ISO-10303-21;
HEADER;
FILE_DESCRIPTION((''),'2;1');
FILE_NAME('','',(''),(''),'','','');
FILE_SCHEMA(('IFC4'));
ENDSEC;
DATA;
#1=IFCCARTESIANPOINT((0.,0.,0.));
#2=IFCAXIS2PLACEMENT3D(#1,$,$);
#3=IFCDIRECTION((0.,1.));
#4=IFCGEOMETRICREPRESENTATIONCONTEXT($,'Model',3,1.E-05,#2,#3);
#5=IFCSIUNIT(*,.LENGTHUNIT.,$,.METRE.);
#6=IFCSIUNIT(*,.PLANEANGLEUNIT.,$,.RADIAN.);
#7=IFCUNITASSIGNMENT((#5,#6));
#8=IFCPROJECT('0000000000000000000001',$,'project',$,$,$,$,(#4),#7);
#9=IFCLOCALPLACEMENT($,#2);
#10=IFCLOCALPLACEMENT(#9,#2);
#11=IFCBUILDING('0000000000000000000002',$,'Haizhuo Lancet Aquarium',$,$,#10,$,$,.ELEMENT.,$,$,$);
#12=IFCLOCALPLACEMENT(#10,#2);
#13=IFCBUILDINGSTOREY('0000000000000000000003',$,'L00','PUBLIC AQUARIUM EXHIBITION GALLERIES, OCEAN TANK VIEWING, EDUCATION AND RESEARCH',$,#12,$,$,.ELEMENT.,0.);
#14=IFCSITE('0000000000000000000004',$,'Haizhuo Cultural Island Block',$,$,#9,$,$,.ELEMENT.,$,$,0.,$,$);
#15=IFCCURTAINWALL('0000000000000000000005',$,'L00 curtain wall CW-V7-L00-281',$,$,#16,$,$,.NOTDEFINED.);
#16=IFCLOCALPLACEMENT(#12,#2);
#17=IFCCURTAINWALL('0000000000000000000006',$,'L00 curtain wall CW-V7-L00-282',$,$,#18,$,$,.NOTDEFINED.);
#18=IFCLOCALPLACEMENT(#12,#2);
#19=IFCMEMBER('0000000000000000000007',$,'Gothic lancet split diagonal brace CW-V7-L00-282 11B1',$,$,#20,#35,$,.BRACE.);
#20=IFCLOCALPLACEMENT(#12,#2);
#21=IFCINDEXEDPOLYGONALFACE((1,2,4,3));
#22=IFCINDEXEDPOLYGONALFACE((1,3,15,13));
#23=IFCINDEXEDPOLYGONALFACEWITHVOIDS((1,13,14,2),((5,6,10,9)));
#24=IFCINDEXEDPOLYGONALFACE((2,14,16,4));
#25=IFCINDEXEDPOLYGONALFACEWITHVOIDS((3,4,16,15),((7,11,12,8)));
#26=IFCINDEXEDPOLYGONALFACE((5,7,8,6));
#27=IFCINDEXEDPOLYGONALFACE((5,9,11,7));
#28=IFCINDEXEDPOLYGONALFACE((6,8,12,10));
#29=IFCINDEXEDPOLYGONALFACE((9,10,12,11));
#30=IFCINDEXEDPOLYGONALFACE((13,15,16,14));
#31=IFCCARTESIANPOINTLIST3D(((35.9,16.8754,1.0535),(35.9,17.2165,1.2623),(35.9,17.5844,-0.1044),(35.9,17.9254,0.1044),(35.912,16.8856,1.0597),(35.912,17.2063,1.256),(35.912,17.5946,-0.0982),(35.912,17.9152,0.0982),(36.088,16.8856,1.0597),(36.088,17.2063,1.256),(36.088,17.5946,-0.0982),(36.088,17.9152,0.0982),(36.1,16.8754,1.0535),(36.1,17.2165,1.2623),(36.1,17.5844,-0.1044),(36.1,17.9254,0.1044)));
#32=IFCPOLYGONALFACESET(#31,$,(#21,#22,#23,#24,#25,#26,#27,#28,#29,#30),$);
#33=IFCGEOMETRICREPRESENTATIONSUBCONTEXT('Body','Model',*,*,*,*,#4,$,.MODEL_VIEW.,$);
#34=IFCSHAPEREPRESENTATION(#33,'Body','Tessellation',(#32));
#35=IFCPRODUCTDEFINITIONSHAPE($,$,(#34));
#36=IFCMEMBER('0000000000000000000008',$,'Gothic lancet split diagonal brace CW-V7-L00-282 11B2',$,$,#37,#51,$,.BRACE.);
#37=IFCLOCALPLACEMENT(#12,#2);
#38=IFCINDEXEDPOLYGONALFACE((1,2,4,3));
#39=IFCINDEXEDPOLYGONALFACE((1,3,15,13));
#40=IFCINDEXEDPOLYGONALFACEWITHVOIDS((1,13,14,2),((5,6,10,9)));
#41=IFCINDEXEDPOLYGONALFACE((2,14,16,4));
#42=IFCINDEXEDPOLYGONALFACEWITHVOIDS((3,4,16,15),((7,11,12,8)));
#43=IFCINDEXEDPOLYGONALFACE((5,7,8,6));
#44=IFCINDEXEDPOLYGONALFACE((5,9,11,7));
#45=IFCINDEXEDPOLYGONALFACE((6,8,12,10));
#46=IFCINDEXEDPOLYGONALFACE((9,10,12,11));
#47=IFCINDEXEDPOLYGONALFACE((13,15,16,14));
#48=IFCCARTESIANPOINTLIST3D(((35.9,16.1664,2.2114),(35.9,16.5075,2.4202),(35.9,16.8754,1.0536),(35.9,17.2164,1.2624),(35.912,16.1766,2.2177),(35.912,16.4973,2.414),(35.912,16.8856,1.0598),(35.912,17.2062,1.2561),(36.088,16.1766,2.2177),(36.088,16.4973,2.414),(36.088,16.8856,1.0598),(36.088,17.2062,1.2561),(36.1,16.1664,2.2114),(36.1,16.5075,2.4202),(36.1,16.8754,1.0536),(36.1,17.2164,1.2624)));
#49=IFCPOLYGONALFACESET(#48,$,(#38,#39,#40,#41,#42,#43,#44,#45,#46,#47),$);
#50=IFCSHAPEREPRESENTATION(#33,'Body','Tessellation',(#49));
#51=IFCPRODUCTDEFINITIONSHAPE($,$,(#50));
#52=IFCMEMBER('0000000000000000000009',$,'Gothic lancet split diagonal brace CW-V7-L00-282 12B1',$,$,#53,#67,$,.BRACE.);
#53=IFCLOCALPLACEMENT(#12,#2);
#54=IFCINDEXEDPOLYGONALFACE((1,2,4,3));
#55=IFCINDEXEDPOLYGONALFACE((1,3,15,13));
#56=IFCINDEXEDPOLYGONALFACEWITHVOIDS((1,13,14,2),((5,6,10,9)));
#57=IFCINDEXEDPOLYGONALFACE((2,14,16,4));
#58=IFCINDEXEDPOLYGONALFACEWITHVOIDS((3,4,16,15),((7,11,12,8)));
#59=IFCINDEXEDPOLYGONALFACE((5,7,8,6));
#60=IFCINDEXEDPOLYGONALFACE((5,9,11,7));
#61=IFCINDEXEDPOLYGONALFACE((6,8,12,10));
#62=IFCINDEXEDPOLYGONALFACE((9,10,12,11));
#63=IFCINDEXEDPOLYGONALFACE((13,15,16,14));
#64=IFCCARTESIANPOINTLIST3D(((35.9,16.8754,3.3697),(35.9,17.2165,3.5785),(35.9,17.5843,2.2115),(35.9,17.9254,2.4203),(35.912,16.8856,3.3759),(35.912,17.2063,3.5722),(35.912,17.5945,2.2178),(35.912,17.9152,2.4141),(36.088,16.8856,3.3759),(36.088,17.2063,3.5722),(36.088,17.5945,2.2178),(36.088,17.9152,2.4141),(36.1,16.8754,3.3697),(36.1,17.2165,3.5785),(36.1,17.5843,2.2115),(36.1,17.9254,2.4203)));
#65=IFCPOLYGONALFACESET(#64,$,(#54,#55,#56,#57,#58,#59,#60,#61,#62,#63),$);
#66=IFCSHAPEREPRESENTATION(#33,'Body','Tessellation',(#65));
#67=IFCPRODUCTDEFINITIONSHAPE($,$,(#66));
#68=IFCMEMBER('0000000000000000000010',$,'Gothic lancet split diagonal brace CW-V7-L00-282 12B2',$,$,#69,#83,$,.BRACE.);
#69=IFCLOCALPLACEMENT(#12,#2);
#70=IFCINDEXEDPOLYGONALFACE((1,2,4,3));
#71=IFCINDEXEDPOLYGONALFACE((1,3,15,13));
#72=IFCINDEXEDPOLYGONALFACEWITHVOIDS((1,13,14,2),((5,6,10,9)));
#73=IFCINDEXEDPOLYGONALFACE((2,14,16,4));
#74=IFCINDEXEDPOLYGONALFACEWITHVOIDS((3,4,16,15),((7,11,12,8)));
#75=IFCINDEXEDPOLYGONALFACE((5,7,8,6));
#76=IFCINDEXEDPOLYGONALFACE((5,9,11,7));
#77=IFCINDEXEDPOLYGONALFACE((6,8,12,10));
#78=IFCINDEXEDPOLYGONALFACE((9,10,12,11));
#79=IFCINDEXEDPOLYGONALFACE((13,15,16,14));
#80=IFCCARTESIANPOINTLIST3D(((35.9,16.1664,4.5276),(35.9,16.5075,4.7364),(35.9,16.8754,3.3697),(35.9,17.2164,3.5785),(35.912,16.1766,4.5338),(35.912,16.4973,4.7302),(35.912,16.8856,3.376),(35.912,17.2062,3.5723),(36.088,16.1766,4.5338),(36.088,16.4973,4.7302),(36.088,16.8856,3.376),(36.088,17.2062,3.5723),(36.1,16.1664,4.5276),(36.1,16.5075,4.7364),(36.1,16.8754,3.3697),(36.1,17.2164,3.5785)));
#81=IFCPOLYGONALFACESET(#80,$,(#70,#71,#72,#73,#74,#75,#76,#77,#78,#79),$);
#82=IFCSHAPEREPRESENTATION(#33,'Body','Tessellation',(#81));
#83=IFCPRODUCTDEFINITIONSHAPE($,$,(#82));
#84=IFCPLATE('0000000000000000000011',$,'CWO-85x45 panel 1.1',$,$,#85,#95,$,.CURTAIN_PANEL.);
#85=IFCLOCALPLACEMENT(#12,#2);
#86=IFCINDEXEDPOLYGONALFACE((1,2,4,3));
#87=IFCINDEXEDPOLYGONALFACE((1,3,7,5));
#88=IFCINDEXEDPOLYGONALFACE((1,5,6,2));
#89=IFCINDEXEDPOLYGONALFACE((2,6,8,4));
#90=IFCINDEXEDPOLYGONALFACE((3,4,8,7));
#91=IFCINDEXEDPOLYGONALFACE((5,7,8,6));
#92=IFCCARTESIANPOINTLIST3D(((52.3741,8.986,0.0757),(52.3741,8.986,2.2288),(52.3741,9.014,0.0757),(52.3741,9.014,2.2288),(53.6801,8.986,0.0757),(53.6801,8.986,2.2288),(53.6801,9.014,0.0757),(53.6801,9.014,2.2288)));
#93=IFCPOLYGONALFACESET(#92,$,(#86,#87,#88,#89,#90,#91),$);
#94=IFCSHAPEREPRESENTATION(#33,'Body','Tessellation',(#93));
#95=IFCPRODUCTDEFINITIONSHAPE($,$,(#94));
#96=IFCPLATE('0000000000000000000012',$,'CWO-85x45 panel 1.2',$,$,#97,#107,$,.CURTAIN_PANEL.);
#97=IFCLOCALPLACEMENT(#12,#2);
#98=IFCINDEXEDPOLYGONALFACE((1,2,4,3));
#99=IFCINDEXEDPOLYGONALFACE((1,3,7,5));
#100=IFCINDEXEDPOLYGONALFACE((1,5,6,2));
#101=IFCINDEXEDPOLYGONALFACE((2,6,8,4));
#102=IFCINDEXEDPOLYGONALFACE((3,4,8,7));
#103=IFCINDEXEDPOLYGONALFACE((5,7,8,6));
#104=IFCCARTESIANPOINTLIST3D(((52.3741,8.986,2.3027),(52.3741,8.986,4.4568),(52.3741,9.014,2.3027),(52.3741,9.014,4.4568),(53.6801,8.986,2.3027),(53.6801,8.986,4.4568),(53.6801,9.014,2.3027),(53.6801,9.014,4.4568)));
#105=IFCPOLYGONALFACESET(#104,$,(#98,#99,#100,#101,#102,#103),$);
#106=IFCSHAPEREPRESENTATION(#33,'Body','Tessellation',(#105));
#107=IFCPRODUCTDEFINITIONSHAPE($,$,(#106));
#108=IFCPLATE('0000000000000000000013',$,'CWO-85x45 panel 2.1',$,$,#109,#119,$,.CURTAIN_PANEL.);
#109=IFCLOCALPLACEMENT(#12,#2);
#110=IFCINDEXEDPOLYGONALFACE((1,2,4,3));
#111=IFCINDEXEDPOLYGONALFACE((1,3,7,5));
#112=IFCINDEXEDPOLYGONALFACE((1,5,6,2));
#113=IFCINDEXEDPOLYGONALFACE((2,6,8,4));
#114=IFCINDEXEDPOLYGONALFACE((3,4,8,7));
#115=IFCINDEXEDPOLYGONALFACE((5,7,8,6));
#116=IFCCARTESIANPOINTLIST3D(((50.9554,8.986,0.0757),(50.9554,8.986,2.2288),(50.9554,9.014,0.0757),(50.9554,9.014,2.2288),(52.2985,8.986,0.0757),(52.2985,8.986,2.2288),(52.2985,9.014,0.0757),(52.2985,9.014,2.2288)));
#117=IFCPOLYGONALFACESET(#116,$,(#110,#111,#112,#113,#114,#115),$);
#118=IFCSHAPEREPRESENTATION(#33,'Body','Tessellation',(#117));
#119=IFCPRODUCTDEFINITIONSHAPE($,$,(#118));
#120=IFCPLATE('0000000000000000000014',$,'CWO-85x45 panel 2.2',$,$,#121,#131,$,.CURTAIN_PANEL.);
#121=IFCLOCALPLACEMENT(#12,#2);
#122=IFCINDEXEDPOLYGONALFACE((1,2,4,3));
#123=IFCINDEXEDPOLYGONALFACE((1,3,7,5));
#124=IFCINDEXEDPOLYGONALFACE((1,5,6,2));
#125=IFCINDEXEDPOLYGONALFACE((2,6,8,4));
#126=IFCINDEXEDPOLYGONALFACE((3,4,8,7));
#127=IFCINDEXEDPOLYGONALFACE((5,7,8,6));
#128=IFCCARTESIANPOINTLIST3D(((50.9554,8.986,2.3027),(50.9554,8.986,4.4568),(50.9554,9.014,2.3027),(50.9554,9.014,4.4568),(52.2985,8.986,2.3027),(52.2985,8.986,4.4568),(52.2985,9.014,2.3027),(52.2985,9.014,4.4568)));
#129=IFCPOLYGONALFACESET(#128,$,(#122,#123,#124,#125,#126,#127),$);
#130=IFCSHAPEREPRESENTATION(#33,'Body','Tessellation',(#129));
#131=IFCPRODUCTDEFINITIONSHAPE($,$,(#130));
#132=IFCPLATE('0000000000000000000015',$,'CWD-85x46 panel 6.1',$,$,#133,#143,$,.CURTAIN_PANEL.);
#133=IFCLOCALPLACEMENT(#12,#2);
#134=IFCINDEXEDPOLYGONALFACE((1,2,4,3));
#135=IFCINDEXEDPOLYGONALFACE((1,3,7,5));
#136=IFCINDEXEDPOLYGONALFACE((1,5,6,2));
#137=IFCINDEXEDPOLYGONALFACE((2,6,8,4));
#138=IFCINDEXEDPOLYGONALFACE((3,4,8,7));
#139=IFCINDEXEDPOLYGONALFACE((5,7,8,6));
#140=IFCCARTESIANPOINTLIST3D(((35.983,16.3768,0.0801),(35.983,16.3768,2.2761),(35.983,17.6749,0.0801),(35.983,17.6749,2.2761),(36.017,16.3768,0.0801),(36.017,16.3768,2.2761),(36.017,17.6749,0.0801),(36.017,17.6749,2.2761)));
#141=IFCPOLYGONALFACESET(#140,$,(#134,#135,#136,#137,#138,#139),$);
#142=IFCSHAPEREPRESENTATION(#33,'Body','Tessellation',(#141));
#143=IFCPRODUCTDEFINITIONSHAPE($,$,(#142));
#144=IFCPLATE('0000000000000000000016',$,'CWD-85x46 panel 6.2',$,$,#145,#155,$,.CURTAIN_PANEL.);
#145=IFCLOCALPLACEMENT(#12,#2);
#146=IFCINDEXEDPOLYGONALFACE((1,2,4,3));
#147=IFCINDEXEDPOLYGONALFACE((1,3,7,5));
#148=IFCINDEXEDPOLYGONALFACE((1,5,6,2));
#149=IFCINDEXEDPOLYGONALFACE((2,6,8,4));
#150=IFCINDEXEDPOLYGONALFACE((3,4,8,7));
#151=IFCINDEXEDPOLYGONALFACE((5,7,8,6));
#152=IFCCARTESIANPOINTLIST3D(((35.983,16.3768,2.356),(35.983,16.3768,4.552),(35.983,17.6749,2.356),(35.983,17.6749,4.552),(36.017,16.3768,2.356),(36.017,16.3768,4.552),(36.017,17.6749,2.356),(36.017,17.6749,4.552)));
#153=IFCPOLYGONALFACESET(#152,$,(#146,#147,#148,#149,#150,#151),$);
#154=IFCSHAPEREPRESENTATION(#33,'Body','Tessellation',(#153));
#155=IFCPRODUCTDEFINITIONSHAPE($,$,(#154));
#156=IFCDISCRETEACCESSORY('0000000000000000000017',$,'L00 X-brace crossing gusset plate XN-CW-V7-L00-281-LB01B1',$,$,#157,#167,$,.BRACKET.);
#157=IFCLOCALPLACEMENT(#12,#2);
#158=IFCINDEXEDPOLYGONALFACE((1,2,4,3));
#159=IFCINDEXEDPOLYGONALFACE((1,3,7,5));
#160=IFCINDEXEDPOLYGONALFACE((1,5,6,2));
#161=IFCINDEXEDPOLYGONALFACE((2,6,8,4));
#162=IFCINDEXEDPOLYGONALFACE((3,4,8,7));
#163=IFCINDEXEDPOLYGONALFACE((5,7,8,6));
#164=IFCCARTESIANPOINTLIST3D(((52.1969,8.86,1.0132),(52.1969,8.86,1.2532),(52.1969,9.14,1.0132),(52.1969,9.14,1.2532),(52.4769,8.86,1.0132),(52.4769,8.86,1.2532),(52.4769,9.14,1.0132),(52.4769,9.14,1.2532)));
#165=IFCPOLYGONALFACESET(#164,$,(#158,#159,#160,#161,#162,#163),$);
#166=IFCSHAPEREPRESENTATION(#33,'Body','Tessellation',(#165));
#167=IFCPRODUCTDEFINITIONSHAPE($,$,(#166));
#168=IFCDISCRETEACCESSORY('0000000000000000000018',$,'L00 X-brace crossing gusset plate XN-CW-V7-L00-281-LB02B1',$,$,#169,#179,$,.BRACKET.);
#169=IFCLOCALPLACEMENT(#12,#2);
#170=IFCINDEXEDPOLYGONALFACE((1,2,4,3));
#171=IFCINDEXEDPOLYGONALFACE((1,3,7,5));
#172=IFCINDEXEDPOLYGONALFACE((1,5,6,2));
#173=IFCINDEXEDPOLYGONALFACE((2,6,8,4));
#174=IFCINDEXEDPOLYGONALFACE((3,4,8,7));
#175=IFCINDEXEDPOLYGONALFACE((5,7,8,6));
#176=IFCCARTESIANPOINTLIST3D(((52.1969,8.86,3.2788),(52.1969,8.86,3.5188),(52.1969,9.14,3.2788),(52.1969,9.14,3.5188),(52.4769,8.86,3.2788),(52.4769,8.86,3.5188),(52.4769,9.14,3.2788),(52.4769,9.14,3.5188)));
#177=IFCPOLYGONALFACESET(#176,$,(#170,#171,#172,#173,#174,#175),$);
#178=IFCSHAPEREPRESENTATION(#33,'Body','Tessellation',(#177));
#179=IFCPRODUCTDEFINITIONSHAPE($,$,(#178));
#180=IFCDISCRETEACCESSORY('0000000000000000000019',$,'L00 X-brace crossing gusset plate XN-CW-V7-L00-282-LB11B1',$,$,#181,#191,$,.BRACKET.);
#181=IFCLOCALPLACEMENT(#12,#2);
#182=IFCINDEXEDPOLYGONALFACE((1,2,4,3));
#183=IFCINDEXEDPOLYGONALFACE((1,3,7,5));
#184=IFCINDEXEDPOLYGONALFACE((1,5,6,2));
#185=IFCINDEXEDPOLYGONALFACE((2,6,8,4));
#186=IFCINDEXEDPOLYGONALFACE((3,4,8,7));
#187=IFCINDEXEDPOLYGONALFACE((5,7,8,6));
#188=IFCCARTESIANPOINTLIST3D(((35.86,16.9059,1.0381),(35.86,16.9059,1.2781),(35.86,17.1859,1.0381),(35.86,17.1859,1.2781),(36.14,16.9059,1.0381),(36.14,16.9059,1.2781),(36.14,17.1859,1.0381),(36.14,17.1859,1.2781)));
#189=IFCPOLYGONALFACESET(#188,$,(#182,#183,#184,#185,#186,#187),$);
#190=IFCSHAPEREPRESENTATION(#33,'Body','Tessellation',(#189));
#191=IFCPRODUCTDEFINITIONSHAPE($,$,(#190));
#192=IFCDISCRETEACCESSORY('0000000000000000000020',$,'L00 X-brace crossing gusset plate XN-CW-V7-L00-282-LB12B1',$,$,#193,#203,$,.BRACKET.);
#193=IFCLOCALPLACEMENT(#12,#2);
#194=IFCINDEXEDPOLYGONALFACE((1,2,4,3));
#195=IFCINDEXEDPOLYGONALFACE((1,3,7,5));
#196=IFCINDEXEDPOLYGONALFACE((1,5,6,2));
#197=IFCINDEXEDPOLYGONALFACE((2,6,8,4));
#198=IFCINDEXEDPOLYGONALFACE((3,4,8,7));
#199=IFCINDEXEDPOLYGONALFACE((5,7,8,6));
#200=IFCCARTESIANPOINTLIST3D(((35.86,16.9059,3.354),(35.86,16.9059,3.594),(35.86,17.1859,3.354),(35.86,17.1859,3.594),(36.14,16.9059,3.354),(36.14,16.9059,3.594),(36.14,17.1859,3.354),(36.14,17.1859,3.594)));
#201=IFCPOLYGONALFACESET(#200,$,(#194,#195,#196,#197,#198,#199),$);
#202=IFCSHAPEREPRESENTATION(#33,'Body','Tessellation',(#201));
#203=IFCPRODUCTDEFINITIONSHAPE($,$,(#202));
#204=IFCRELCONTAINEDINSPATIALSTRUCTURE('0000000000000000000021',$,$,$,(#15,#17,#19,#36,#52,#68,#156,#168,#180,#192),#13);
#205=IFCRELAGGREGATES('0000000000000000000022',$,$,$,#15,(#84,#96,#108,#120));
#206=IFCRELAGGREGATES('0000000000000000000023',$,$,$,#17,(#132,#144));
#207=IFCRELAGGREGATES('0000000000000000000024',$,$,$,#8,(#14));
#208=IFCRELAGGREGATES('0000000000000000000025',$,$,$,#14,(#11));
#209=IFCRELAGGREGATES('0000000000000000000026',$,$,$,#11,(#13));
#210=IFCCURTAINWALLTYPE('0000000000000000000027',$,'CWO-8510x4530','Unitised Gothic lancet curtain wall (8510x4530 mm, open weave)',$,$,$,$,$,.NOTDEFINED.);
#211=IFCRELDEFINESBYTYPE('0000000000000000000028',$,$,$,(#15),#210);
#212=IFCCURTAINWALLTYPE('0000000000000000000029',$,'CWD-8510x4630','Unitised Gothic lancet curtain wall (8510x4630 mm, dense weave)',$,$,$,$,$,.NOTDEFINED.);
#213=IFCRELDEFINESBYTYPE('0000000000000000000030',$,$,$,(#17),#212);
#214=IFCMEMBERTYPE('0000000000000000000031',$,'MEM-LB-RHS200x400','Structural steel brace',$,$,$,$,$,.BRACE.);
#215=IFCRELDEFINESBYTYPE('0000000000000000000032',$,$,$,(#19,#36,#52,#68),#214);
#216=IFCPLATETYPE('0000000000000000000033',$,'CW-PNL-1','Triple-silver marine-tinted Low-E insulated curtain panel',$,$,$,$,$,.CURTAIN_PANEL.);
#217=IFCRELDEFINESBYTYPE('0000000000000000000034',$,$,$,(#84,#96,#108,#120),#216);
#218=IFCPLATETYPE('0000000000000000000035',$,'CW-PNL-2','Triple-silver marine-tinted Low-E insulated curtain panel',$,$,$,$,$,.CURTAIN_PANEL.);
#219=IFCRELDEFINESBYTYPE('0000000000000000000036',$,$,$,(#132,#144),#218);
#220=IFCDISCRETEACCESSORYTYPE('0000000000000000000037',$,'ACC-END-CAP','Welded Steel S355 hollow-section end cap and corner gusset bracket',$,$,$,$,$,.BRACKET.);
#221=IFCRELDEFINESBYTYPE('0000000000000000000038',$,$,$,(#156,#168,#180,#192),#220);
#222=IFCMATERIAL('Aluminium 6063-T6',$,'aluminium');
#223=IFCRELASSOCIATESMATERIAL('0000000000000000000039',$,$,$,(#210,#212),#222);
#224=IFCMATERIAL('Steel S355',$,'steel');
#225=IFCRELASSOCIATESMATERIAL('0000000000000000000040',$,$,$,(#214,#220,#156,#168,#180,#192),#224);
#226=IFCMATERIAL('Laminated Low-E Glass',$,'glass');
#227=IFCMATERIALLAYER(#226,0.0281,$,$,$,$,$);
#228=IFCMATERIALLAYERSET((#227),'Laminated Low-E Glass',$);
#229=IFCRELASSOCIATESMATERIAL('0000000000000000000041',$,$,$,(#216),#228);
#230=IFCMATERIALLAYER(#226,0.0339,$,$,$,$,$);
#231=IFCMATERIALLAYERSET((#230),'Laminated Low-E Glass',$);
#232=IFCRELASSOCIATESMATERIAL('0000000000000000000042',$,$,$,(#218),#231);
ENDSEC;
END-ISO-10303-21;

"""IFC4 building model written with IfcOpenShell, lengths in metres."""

from ifc_helpers import new_model, si_unit, direction, frame, origin, origin_2d, place, context, subcontext, project, spatial, rectangle, hollow_rectangle, extrude, material, layer, layer_set, material_profile, profile_set, type_object, element, aggregate, save


model = new_model("IFC4")

# Units and contexts
model_context = context("Model", 3, precision=1e-05, world=origin(), true_north=direction((0.0, 1.0)))
body_context = subcontext(model_context, "Body", "Model", "MODEL_VIEW")
ifc_project = project(units=[si_unit("LENGTHUNIT", "METRE"), si_unit("PLANEANGLEUNIT", "RADIAN")], contexts=[model_context])

# Site, building, storey
site_placement = place(None, origin())
site = spatial("IfcSite", under=ifc_project, at=site_placement, Name="Haizhuo Cultural Island Block", CompositionType="ELEMENT", RefElevation=0.0)
building_placement = place(site_placement, origin())
building = spatial("IfcBuilding", under=site, at=building_placement, Name="Haizhuo Lancet Aquarium", CompositionType="ELEMENT")
storey_placement = place(building_placement, origin())
storey = spatial("IfcBuildingStorey", under=building, at=storey_placement, Name="L00", Description="PUBLIC AQUARIUM EXHIBITION GALLERIES, OCEAN TANK VIEWING, EDUCATION AND RESEARCH", CompositionType="ELEMENT", Elevation=0.0)

# Shared definitions
ifc_material_1 = material(Name="Steel S355", Category="steel")

# Curtain wall
ifc_material_2 = material(Name="Aluminium 6063-T6", Category="aluminium")
curtain_wall_type_1 = type_object("IfcCurtainWallType", Name="CWO-8510x4530", Description="Unitised Gothic lancet curtain wall (8510x4530 mm, open weave)", PredefinedType="NOTDEFINED", material=ifc_material_2)
curtain_wall_1_placement = place(storey_placement, origin())
curtain_wall_1 = element("IfcCurtainWall", 1, at=curtain_wall_1_placement, inside=storey, type_object=curtain_wall_type_1, Name="L00 curtain wall CW-V7-L00-281", PredefinedType="NOTDEFINED")

# Curtain wall
curtain_wall_type_2 = type_object("IfcCurtainWallType", Name="CWD-8510x4630", Description="Unitised Gothic lancet curtain wall (8510x4630 mm, dense weave)", PredefinedType="NOTDEFINED", material=ifc_material_2)
curtain_wall_2_placement = place(storey_placement, origin())
curtain_wall_2 = element("IfcCurtainWall", 2, at=curtain_wall_2_placement, inside=storey, type_object=curtain_wall_type_2, Name="L00 curtain wall CW-V7-L00-282", PredefinedType="NOTDEFINED")

# Members
ifc_material_profile_1 = material_profile(ifc_material_1, hollow_rectangle(XDim=0.2, YDim=0.3999, WallThickness=0.012, at=origin_2d()), Name="RHS 200x400x12")
ifc_profile_set_1 = profile_set([ifc_material_profile_1], Name="Steel S355")
member_type_1 = type_object("IfcMemberType", Name="MEM-LB-RHS200x400", Description="Structural steel brace", PredefinedType="BRACE", material=ifc_profile_set_1)
for number, where, z_axis, x_axis, name in (
    (3, (36.0, 17.7549, 0.0), (0.0, -0.52217, 0.852841), (1.0, 0.0, 0.0), "Gothic lancet split diagonal brace CW-V7-L00-282 11B1"),
    (4, (36.0, 17.0459, 1.158), (0.0, -0.52217, 0.852841), (1.0, 0.0, 0.0), "Gothic lancet split diagonal brace CW-V7-L00-282 11B2"),
):
    element("IfcMember", number, at=place(storey_placement, frame(where, z_axis=z_axis, x_axis=x_axis)), inside=storey, type_object=member_type_1, Name=name, PredefinedType="BRACE", context=body_context, shape_type="SweptSolid", body=[
        extrude(hollow_rectangle(XDim=0.2, YDim=0.3999, WallThickness=0.012, at=origin_2d()), origin(), (0.0, 0.0, 1.0), 1.3577),
    ])
member_1_placement = place(storey_placement, frame((36.0, 17.7549, 2.3159), z_axis=(0.0, -0.52209, 0.852891), x_axis=(1.0, 0.0, 0.0)))
element("IfcMember", 5, at=member_1_placement, inside=storey, type_object=member_type_1, Name="Gothic lancet split diagonal brace CW-V7-L00-282 12B1", PredefinedType="BRACE", context=body_context, shape_type="SweptSolid", body=[
    extrude(hollow_rectangle(XDim=0.2, YDim=0.3999, WallThickness=0.012, at=origin_2d()), origin(), (0.0, 0.0, 1.0), 1.3579),
])
member_2_placement = place(storey_placement, frame((36.0, 17.0459, 3.4741), z_axis=(0.0, -0.52217, 0.852841), x_axis=(1.0, 0.0, 0.0)))
element("IfcMember", 6, at=member_2_placement, inside=storey, type_object=member_type_1, Name="Gothic lancet split diagonal brace CW-V7-L00-282 12B2", PredefinedType="BRACE", context=body_context, shape_type="SweptSolid", body=[
    extrude(hollow_rectangle(XDim=0.2, YDim=0.3999, WallThickness=0.012, at=origin_2d()), origin(), (0.0, 0.0, 1.0), 1.3577),
])

# Plates
ifc_material_3 = material(Name="Laminated Low-E Glass", Category="glass")
ifc_layer_1 = layer(ifc_material_3, 0.0281)
ifc_layer_set_1 = layer_set([ifc_layer_1], Name="Laminated Low-E Glass")
plate_type_1 = type_object("IfcPlateType", Name="CW-PNL-1", Description="Triple-silver marine-tinted Low-E insulated curtain panel", PredefinedType="CURTAIN_PANEL", material=ifc_layer_set_1)
plate_1_placement = place(storey_placement, frame((53.0271, 9.0, 0.0757), z_axis=(0.0, 0.0, 1.0), x_axis=(-1.0, 0.0, 0.0)))
plate_1 = element("IfcPlate", 7, at=plate_1_placement, type_object=plate_type_1, Name="CWO-85x45 panel 1.1", PredefinedType="CURTAIN_PANEL", context=body_context, shape_type="SweptSolid", body=[
    extrude(rectangle(XDim=1.3059, YDim=0.0281, at=origin_2d()), origin(), (0.0, 0.0, 1.0), 2.1531),
])
plate_2_placement = place(storey_placement, frame((53.0271, 9.0, 2.3027), z_axis=(0.0, 0.0, 1.0), x_axis=(-1.0, 0.0, 0.0)))
plate_2 = element("IfcPlate", 8, at=plate_2_placement, type_object=plate_type_1, Name="CWO-85x45 panel 1.2", PredefinedType="CURTAIN_PANEL", context=body_context, shape_type="SweptSolid", body=[
    extrude(rectangle(XDim=1.3059, YDim=0.0281, at=origin_2d()), origin(), (0.0, 0.0, 1.0), 2.1541),
])
plate_3_placement = place(storey_placement, frame((51.627, 9.0, 0.0757), z_axis=(0.0, 0.0, 1.0), x_axis=(-1.0, 0.0, 0.0)))
plate_3 = element("IfcPlate", 9, at=plate_3_placement, type_object=plate_type_1, Name="CWO-85x45 panel 2.1", PredefinedType="CURTAIN_PANEL", context=body_context, shape_type="SweptSolid", body=[
    extrude(rectangle(XDim=1.343, YDim=0.0281, at=origin_2d()), origin(), (0.0, 0.0, 1.0), 2.1531),
])
plate_4_placement = place(storey_placement, frame((51.627, 9.0, 2.3027), z_axis=(0.0, 0.0, 1.0), x_axis=(-1.0, 0.0, 0.0)))
plate_4 = element("IfcPlate", 10, at=plate_4_placement, type_object=plate_type_1, Name="CWO-85x45 panel 2.2", PredefinedType="CURTAIN_PANEL", context=body_context, shape_type="SweptSolid", body=[
    extrude(rectangle(XDim=1.343, YDim=0.0281, at=origin_2d()), origin(), (0.0, 0.0, 1.0), 2.1541),
])
aggregate(curtain_wall_1, [plate_1, plate_2, plate_3, plate_4])
ifc_layer_2 = layer(ifc_material_3, 0.0339)
ifc_layer_set_2 = layer_set([ifc_layer_2], Name="Laminated Low-E Glass")
plate_type_2 = type_object("IfcPlateType", Name="CW-PNL-2", Description="Triple-silver marine-tinted Low-E insulated curtain panel", PredefinedType="CURTAIN_PANEL", material=ifc_layer_set_2)
plate_5_placement = place(storey_placement, frame((36.0, 17.0259, 0.0801), z_axis=(0.0, 0.0, 1.0), x_axis=(0.0, 1.0, 0.0)))
plate_5 = element("IfcPlate", 11, at=plate_5_placement, type_object=plate_type_2, Name="CWD-85x46 panel 6.1", PredefinedType="CURTAIN_PANEL", context=body_context, shape_type="SweptSolid", body=[
    extrude(rectangle(XDim=1.2981, YDim=0.0339, at=origin_2d()), origin(), (0.0, 0.0, 1.0), 2.196),
])
plate_6_placement = place(storey_placement, frame((36.0, 17.0259, 2.356), z_axis=(0.0, 0.0, 1.0), x_axis=(0.0, 1.0, 0.0)))
plate_6 = element("IfcPlate", 12, at=plate_6_placement, type_object=plate_type_2, Name="CWD-85x46 panel 6.2", PredefinedType="CURTAIN_PANEL", context=body_context, shape_type="SweptSolid", body=[
    extrude(rectangle(XDim=1.2981, YDim=0.0339, at=origin_2d()), origin(), (0.0, 0.0, 1.0), 2.196),
])
aggregate(curtain_wall_2, [plate_5, plate_6])

# Discrete accessories
discrete_accessory_type = type_object("IfcDiscreteAccessoryType", Name="ACC-END-CAP", Description="Welded Steel S355 hollow-section end cap and corner gusset bracket", PredefinedType="BRACKET", material=ifc_material_1)
for number, where, z_axis, x_axis, name in (
    (13, (52.3369, 9.0, 1.0132), (0.0, 0.0, 1.0), (1.0, 0.0, 0.0), "L00 X-brace crossing gusset plate XN-CW-V7-L00-281-LB01B1"),
    (14, (52.3369, 9.0, 3.2788), (0.0, 0.0, 1.0), (1.0, 0.0, 0.0), "L00 X-brace crossing gusset plate XN-CW-V7-L00-281-LB02B1"),
    (15, (36.0, 17.0459, 1.0381), (0.0, 0.0, 1.0), (1.0, 0.0, 0.0), "L00 X-brace crossing gusset plate XN-CW-V7-L00-282-LB11B1"),
    (16, (36.0, 17.0459, 3.354), (0.0, 0.0, 1.0), (1.0, 0.0, 0.0), "L00 X-brace crossing gusset plate XN-CW-V7-L00-282-LB12B1"),
):
    element("IfcDiscreteAccessory", number, at=place(storey_placement, frame(where, z_axis=z_axis, x_axis=x_axis)), inside=storey, type_object=discrete_accessory_type, material=ifc_material_1, Name=name, PredefinedType="BRACKET", context=body_context, shape_type="SweptSolid", body=[
        extrude(rectangle(XDim=0.28, YDim=0.28, at=origin_2d()), origin(), (0.0, 0.0, 1.0), 0.24),
    ])

save(model, "model.ifc")
